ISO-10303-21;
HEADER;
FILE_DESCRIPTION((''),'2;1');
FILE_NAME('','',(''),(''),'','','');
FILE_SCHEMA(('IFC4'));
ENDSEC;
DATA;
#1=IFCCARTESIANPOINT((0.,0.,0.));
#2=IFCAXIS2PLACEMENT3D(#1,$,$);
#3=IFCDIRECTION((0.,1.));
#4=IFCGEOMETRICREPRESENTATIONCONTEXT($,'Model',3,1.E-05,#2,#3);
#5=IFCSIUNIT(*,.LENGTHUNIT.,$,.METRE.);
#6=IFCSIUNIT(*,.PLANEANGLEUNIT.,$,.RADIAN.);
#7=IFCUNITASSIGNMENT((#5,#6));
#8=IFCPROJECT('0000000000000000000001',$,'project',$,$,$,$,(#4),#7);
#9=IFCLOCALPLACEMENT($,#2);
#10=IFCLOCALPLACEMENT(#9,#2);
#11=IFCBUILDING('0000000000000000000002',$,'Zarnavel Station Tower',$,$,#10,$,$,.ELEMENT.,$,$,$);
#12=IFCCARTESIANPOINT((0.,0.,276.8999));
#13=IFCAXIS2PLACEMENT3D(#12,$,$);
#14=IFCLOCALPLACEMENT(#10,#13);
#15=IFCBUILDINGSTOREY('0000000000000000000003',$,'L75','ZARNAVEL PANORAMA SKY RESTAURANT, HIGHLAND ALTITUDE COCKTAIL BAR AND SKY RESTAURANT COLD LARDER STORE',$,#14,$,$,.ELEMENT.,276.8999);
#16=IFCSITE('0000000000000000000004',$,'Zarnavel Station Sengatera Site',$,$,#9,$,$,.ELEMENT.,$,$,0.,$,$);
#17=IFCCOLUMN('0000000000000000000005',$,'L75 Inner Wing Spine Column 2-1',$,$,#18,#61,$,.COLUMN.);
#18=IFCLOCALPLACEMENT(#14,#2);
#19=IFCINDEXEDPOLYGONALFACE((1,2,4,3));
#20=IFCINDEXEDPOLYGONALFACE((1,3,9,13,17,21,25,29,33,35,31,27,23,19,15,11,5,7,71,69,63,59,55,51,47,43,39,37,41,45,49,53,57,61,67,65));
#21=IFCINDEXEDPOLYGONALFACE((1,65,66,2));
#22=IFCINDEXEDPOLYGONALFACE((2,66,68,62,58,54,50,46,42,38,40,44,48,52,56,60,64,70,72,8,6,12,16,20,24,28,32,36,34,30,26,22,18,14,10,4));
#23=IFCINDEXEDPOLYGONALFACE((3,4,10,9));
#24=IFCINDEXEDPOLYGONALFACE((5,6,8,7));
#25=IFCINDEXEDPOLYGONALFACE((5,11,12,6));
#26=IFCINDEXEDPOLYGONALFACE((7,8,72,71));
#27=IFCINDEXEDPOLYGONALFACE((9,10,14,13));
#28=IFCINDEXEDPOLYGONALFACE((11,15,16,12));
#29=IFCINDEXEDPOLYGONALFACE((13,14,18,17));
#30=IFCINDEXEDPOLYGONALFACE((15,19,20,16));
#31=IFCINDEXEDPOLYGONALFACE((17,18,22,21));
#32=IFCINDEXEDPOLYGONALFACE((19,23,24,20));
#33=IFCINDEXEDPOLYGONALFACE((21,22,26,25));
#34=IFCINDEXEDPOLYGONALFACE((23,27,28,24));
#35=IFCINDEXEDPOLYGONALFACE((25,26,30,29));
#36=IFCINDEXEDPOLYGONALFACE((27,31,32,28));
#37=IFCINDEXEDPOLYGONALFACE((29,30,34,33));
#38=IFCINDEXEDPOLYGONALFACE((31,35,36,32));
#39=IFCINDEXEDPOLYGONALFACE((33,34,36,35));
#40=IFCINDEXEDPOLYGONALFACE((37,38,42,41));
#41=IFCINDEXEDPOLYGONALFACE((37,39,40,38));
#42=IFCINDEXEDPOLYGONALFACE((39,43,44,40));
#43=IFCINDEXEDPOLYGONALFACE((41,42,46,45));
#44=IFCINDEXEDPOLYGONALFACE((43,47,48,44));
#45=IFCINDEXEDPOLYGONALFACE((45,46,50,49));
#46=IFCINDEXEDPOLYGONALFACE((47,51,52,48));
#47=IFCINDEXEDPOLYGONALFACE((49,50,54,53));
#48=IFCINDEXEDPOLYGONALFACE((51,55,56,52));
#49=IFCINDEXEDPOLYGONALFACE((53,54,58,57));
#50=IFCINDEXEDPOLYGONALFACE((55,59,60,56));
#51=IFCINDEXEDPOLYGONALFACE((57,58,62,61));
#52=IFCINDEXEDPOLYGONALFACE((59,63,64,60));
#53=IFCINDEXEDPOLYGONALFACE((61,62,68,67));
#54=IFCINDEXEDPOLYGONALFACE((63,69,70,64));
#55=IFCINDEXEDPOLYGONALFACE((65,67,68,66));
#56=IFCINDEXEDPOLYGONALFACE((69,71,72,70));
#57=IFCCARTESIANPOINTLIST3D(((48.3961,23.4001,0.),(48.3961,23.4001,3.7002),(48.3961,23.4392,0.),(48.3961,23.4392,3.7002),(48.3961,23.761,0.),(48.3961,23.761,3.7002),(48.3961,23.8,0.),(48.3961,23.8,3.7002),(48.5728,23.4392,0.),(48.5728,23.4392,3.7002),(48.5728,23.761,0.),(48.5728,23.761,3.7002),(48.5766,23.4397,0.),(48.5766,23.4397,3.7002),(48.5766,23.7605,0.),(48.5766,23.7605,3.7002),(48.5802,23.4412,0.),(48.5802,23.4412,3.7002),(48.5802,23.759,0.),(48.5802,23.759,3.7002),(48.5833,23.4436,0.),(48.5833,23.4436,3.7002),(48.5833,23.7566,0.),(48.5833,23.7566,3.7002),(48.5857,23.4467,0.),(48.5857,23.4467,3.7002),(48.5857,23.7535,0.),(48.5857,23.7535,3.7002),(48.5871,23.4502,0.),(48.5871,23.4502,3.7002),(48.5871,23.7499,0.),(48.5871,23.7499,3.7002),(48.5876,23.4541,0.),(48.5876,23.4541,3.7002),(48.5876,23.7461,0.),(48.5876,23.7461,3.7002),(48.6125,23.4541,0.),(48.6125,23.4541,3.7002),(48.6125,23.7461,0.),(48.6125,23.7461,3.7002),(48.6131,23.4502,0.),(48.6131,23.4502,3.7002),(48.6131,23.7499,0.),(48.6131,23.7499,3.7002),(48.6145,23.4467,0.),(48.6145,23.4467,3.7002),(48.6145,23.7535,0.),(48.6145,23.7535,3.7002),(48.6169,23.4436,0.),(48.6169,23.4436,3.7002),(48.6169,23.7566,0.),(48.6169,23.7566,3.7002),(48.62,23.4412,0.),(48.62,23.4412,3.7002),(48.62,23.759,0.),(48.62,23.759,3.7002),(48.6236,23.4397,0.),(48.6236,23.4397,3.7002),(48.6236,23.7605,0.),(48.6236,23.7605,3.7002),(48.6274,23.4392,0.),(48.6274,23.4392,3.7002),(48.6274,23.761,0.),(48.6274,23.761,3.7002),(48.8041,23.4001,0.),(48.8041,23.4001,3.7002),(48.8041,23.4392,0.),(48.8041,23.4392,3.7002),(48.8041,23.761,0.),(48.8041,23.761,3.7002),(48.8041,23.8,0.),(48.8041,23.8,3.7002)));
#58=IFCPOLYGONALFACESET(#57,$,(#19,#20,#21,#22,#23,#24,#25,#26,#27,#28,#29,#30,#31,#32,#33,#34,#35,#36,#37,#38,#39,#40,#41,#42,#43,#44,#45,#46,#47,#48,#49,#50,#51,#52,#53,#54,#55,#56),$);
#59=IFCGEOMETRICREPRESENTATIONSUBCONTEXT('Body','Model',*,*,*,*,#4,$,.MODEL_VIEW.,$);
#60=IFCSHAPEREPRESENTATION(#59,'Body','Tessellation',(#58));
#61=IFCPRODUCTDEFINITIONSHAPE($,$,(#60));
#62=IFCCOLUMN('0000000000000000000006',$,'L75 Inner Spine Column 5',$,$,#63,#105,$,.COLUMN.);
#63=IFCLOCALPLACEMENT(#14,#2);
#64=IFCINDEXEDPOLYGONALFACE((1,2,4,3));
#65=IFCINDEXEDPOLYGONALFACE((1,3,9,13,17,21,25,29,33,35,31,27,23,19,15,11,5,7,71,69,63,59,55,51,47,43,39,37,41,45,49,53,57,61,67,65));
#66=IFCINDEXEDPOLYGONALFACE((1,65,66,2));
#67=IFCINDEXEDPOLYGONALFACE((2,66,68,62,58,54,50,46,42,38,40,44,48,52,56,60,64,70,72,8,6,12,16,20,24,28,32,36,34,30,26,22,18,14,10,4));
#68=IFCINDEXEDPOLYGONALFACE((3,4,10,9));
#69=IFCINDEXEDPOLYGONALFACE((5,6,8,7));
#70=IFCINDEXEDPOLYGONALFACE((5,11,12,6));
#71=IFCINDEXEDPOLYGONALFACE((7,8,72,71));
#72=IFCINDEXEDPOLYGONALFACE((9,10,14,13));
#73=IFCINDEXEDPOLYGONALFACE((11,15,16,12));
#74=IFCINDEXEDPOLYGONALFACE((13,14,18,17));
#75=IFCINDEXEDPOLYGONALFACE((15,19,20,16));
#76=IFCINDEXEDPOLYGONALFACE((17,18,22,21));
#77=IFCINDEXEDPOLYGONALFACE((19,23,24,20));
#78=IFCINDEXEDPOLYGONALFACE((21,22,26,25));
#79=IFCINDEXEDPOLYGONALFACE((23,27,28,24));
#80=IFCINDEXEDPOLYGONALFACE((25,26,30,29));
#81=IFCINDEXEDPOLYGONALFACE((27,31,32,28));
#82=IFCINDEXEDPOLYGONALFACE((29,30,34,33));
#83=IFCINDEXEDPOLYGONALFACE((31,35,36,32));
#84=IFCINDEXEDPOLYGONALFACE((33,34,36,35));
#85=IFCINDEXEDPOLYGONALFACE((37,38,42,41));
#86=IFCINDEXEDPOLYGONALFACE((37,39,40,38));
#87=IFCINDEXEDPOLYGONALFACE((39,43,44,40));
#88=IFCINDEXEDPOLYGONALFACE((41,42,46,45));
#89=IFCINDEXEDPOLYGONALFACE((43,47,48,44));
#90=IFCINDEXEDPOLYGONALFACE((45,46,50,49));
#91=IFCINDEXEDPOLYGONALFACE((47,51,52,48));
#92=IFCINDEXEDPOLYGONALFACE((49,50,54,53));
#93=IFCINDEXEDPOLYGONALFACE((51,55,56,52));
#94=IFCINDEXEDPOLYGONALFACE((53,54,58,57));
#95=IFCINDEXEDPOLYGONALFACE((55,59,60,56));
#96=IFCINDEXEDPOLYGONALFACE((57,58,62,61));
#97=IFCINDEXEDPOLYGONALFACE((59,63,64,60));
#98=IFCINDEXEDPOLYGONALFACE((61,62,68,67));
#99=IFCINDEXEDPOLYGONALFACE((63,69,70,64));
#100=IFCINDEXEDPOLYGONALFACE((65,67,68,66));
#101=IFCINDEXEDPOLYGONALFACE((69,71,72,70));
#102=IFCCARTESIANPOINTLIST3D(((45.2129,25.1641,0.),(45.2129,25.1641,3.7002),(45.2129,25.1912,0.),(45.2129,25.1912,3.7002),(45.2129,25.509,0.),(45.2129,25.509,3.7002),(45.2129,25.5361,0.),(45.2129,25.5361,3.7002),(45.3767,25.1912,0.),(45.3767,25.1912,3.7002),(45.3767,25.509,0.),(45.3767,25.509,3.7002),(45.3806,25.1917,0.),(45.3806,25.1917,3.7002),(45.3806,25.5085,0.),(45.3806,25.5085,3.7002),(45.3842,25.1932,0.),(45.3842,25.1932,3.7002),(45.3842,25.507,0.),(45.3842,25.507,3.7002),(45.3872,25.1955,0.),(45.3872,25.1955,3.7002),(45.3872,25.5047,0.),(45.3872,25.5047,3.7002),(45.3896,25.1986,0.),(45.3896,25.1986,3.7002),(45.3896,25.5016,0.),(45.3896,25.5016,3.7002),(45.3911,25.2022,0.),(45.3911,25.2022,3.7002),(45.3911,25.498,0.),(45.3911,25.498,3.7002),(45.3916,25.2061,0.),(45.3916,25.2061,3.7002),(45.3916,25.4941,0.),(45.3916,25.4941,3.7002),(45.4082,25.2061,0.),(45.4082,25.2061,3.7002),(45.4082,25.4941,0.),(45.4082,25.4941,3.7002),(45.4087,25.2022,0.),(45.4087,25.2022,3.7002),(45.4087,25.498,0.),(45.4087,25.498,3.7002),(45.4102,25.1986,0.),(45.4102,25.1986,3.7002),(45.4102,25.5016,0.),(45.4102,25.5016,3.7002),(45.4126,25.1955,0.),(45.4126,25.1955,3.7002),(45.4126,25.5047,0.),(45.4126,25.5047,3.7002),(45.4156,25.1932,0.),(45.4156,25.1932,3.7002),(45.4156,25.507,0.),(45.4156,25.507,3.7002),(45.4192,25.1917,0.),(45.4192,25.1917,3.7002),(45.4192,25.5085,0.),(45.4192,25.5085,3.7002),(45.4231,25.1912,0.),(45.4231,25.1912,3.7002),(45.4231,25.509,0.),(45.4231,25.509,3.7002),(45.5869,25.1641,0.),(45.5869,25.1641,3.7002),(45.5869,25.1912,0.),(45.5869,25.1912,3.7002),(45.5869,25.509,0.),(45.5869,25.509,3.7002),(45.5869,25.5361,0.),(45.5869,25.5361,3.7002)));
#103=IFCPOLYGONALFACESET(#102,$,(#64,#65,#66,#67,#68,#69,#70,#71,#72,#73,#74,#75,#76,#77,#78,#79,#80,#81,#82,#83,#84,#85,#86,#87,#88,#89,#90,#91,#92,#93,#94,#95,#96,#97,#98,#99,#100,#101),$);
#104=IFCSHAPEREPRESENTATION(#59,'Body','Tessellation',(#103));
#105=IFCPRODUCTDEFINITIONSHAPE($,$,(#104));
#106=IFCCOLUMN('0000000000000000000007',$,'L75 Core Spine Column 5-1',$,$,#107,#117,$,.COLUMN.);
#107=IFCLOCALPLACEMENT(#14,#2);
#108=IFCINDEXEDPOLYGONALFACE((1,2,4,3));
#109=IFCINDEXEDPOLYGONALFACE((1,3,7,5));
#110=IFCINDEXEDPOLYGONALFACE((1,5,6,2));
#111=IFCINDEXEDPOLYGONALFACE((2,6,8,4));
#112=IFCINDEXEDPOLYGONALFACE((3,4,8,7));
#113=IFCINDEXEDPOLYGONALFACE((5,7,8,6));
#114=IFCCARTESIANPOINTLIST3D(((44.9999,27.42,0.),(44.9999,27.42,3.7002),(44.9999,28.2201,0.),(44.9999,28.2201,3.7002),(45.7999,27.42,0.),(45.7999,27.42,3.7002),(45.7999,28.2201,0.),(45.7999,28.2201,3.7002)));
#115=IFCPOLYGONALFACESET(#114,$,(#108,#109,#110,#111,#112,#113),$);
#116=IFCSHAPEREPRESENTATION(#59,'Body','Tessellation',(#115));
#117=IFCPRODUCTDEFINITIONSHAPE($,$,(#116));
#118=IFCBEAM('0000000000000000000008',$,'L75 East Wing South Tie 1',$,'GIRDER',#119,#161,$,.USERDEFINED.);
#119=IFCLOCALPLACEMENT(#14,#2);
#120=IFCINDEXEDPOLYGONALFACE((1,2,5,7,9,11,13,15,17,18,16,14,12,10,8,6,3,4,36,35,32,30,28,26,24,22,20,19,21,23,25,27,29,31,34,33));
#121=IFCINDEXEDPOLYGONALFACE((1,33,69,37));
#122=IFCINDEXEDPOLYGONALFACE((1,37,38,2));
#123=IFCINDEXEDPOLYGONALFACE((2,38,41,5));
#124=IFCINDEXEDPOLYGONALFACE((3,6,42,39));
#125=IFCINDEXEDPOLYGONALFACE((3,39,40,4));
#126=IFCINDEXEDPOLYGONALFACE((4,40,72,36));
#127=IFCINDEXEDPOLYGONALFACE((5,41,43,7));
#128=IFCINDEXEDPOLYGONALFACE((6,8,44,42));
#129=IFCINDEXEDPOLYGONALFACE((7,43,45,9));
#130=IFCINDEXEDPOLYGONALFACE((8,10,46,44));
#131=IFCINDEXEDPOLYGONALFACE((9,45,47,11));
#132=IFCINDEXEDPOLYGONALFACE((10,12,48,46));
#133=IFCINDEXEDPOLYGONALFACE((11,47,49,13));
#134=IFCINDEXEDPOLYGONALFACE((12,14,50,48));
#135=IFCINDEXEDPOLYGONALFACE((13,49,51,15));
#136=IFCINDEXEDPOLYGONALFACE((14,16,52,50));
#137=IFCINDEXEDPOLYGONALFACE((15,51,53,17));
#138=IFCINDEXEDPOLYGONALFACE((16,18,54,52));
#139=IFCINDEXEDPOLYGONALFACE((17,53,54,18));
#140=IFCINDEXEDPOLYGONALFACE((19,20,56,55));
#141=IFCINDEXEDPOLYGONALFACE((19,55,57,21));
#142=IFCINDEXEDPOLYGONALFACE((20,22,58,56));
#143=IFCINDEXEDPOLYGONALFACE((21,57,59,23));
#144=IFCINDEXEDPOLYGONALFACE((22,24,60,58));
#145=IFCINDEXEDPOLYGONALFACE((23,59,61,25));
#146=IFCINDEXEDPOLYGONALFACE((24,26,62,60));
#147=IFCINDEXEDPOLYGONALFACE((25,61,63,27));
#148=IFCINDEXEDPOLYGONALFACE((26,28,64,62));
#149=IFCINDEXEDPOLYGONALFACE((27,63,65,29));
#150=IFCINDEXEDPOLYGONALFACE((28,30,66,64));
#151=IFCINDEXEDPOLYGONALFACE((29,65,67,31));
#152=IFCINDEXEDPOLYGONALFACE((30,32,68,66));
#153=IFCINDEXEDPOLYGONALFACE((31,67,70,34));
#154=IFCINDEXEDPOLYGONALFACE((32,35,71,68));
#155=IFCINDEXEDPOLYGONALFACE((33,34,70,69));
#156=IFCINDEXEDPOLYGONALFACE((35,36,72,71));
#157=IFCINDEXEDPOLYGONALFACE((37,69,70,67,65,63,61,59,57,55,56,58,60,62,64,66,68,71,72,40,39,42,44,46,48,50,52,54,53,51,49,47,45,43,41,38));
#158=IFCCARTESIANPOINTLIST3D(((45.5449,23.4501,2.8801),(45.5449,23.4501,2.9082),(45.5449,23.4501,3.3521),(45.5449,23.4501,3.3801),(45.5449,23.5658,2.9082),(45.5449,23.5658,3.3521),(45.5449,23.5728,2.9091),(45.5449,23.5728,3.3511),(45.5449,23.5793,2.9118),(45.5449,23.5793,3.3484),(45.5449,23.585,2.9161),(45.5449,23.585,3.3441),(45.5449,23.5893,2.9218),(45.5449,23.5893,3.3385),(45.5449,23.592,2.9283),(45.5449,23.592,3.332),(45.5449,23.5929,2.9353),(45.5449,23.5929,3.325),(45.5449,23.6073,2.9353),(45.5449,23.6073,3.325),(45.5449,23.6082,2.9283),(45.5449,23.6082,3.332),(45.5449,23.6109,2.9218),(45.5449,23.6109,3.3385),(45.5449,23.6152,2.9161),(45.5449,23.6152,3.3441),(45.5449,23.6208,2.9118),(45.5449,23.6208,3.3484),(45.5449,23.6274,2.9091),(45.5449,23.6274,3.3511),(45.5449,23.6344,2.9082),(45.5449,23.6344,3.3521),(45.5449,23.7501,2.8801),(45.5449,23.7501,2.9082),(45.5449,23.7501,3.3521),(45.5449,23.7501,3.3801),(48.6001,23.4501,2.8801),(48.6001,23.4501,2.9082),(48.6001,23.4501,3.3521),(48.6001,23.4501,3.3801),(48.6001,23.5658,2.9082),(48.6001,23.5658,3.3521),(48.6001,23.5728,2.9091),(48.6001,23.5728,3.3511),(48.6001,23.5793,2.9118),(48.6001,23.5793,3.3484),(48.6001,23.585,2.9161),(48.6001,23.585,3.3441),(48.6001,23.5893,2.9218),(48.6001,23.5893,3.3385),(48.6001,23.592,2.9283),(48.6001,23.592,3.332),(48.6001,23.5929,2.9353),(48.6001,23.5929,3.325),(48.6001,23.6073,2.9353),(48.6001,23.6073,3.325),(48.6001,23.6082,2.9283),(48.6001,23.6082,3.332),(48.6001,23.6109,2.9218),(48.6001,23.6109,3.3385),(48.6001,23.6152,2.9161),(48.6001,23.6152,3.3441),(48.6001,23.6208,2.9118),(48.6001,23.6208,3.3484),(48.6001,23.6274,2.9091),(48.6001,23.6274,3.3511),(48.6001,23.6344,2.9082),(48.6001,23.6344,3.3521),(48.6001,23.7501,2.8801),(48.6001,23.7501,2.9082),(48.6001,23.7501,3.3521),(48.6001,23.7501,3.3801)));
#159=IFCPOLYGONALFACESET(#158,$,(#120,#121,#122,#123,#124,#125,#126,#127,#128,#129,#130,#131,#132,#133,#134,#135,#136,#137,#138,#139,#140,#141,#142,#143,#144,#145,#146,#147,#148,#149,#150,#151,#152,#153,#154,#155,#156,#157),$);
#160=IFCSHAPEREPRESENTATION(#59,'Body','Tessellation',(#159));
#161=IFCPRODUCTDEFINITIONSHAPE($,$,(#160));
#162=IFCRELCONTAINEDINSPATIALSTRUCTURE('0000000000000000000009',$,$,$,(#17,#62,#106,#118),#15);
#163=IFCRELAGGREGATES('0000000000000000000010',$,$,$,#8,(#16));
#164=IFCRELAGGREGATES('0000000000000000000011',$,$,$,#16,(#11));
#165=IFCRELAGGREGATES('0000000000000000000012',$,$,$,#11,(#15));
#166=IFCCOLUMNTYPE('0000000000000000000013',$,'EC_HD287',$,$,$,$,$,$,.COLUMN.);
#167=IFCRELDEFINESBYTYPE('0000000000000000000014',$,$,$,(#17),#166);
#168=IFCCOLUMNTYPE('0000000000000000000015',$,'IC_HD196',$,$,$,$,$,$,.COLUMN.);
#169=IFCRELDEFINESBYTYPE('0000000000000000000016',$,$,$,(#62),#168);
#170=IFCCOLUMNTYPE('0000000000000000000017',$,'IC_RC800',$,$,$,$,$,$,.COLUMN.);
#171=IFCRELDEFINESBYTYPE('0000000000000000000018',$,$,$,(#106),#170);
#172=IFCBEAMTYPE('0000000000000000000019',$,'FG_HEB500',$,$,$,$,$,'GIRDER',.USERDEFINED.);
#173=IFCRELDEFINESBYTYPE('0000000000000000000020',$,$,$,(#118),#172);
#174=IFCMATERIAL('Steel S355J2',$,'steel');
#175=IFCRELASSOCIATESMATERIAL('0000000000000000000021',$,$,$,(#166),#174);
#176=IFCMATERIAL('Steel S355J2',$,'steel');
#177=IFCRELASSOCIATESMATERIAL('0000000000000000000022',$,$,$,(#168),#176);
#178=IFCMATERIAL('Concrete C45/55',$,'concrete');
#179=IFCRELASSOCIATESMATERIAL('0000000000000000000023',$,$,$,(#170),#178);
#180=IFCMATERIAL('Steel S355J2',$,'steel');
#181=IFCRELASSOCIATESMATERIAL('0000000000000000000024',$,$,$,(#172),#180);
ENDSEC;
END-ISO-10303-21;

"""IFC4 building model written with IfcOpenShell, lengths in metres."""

from ifc_helpers import new_model, si_unit, direction, frame, origin, origin_2d, place, context, subcontext, project, spatial, rectangle, i_section, extrude, material, material_profile, profile_set, type_object, element, save


model = new_model("IFC4")

# Units and contexts
model_context = context("Model", 3, precision=1e-05, world=origin(), true_north=direction((0.0, 1.0)))
body_context = subcontext(model_context, "Body", "Model", "MODEL_VIEW")
ifc_project = project(units=[si_unit("LENGTHUNIT", "METRE"), si_unit("PLANEANGLEUNIT", "RADIAN")], contexts=[model_context])

# Site, building, storey
site_placement = place(None, origin())
site = spatial("IfcSite", under=ifc_project, at=site_placement, Name="Zarnavel Station Sengatera Site", CompositionType="ELEMENT", RefElevation=0.0)
building_placement = place(site_placement, origin())
building = spatial("IfcBuilding", under=site, at=building_placement, Name="Zarnavel Station Tower", CompositionType="ELEMENT")
storey_placement = place(building_placement, frame((0.0, 0.0, 276.8999)))
storey = spatial("IfcBuildingStorey", under=building, at=storey_placement, Name="L75", Description="ZARNAVEL PANORAMA SKY RESTAURANT, HIGHLAND ALTITUDE COCKTAIL BAR AND SKY RESTAURANT COLD LARDER STORE", CompositionType="ELEMENT", Elevation=276.8999)

# Columns
ifc_material_1 = material(Name="Steel S355J2", Category="steel")
ifc_material_profile_1 = material_profile(ifc_material_1, i_section(OverallWidth=0.408, OverallDepth=0.3999, WebThickness=0.0249, FlangeThickness=0.0391, FilletRadius=0.0149, at=origin_2d()), Name="HD400x287")
ifc_profile_set_1 = profile_set([ifc_material_profile_1], Name="Steel S355J2")
column_type_1 = type_object("IfcColumnType", Name="EC_HD287", PredefinedType="COLUMN", material=ifc_profile_set_1)
column_1_placement = place(storey_placement, frame((48.6001, 23.6001, 0.0), z_axis=(0.0, 0.0, 1.0), x_axis=(1.0, 0.0, 0.0)))
element("IfcColumn", 1, at=column_1_placement, inside=storey, type_object=column_type_1, Name="L75 Inner Wing Spine Column 2-1", PredefinedType="COLUMN", context=body_context, shape_type="SweptSolid", body=[
    extrude(i_section(OverallWidth=0.408, OverallDepth=0.3999, WebThickness=0.0249, FlangeThickness=0.0391, FilletRadius=0.0149, at=origin_2d()), origin(), (0.0, 0.0, 1.0), 3.7002),
])
ifc_material_2 = material(Name="Steel S355J2", Category="steel")
ifc_material_profile_2 = material_profile(ifc_material_2, i_section(OverallWidth=0.374, OverallDepth=0.3721, WebThickness=0.0166, FlangeThickness=0.0271, FilletRadius=0.0149, at=origin_2d()), Name="HD360x196")
ifc_profile_set_2 = profile_set([ifc_material_profile_2], Name="Steel S355J2")
column_type_2 = type_object("IfcColumnType", Name="IC_HD196", PredefinedType="COLUMN", material=ifc_profile_set_2)
column_2_placement = place(storey_placement, frame((45.3999, 25.3501, 0.0), z_axis=(0.0, 0.0, 1.0), x_axis=(1.0, 0.0, 0.0)))
element("IfcColumn", 2, at=column_2_placement, inside=storey, type_object=column_type_2, Name="L75 Inner Spine Column 5", PredefinedType="COLUMN", context=body_context, shape_type="SweptSolid", body=[
    extrude(i_section(OverallWidth=0.374, OverallDepth=0.3721, WebThickness=0.0166, FlangeThickness=0.0271, FilletRadius=0.0149, at=origin_2d()), origin(), (0.0, 0.0, 1.0), 3.7002),
])
ifc_material_3 = material(Name="Concrete C45/55", Category="concrete")
ifc_material_profile_3 = material_profile(ifc_material_3, rectangle(XDim=0.8, YDim=0.8, at=origin_2d()), Name="RC800x800")
ifc_profile_set_3 = profile_set([ifc_material_profile_3], Name="Concrete C45/55")
column_type_3 = type_object("IfcColumnType", Name="IC_RC800", PredefinedType="COLUMN", material=ifc_profile_set_3)
column_3_placement = place(storey_placement, frame((45.3999, 27.8201, 0.0), z_axis=(0.0, 0.0, 1.0), x_axis=(1.0, 0.0, 0.0)))
element("IfcColumn", 3, at=column_3_placement, inside=storey, type_object=column_type_3, Name="L75 Core Spine Column 5-1", PredefinedType="COLUMN", context=body_context, shape_type="SweptSolid", body=[
    extrude(rectangle(XDim=0.8, YDim=0.8, at=origin_2d()), origin(), (0.0, 0.0, 1.0), 3.7002),
])

# Beam
ifc_material_4 = material(Name="Steel S355J2", Category="steel")
ifc_material_profile_4 = material_profile(ifc_material_4, i_section(OverallWidth=0.3, OverallDepth=0.5, WebThickness=0.0144, FlangeThickness=0.0281, FilletRadius=0.0271, at=origin_2d()), Name="HEB500")
ifc_profile_set_4 = profile_set([ifc_material_profile_4], Name="Steel S355J2")
beam_type_1 = type_object("IfcBeamType", Name="FG_HEB500", ElementType="GIRDER", PredefinedType="USERDEFINED", material=ifc_profile_set_4)
beam_1_placement = place(storey_placement, frame((45.5449, 23.6001, 3.1301), z_axis=(1.0, 0.0, 0.0), x_axis=(0.0, 1.0, 0.0)))
element("IfcBeam", 4, at=beam_1_placement, inside=storey, type_object=beam_type_1, Name="L75 East Wing South Tie 1", ObjectType="GIRDER", PredefinedType="USERDEFINED", context=body_context, shape_type="SweptSolid", body=[
    extrude(i_section(OverallWidth=0.3, OverallDepth=0.5, WebThickness=0.0144, FlangeThickness=0.0281, FilletRadius=0.0271, at=origin_2d()), origin(), (0.0, 0.0, 1.0), 3.0552),
])

save(model, "model.ifc")
